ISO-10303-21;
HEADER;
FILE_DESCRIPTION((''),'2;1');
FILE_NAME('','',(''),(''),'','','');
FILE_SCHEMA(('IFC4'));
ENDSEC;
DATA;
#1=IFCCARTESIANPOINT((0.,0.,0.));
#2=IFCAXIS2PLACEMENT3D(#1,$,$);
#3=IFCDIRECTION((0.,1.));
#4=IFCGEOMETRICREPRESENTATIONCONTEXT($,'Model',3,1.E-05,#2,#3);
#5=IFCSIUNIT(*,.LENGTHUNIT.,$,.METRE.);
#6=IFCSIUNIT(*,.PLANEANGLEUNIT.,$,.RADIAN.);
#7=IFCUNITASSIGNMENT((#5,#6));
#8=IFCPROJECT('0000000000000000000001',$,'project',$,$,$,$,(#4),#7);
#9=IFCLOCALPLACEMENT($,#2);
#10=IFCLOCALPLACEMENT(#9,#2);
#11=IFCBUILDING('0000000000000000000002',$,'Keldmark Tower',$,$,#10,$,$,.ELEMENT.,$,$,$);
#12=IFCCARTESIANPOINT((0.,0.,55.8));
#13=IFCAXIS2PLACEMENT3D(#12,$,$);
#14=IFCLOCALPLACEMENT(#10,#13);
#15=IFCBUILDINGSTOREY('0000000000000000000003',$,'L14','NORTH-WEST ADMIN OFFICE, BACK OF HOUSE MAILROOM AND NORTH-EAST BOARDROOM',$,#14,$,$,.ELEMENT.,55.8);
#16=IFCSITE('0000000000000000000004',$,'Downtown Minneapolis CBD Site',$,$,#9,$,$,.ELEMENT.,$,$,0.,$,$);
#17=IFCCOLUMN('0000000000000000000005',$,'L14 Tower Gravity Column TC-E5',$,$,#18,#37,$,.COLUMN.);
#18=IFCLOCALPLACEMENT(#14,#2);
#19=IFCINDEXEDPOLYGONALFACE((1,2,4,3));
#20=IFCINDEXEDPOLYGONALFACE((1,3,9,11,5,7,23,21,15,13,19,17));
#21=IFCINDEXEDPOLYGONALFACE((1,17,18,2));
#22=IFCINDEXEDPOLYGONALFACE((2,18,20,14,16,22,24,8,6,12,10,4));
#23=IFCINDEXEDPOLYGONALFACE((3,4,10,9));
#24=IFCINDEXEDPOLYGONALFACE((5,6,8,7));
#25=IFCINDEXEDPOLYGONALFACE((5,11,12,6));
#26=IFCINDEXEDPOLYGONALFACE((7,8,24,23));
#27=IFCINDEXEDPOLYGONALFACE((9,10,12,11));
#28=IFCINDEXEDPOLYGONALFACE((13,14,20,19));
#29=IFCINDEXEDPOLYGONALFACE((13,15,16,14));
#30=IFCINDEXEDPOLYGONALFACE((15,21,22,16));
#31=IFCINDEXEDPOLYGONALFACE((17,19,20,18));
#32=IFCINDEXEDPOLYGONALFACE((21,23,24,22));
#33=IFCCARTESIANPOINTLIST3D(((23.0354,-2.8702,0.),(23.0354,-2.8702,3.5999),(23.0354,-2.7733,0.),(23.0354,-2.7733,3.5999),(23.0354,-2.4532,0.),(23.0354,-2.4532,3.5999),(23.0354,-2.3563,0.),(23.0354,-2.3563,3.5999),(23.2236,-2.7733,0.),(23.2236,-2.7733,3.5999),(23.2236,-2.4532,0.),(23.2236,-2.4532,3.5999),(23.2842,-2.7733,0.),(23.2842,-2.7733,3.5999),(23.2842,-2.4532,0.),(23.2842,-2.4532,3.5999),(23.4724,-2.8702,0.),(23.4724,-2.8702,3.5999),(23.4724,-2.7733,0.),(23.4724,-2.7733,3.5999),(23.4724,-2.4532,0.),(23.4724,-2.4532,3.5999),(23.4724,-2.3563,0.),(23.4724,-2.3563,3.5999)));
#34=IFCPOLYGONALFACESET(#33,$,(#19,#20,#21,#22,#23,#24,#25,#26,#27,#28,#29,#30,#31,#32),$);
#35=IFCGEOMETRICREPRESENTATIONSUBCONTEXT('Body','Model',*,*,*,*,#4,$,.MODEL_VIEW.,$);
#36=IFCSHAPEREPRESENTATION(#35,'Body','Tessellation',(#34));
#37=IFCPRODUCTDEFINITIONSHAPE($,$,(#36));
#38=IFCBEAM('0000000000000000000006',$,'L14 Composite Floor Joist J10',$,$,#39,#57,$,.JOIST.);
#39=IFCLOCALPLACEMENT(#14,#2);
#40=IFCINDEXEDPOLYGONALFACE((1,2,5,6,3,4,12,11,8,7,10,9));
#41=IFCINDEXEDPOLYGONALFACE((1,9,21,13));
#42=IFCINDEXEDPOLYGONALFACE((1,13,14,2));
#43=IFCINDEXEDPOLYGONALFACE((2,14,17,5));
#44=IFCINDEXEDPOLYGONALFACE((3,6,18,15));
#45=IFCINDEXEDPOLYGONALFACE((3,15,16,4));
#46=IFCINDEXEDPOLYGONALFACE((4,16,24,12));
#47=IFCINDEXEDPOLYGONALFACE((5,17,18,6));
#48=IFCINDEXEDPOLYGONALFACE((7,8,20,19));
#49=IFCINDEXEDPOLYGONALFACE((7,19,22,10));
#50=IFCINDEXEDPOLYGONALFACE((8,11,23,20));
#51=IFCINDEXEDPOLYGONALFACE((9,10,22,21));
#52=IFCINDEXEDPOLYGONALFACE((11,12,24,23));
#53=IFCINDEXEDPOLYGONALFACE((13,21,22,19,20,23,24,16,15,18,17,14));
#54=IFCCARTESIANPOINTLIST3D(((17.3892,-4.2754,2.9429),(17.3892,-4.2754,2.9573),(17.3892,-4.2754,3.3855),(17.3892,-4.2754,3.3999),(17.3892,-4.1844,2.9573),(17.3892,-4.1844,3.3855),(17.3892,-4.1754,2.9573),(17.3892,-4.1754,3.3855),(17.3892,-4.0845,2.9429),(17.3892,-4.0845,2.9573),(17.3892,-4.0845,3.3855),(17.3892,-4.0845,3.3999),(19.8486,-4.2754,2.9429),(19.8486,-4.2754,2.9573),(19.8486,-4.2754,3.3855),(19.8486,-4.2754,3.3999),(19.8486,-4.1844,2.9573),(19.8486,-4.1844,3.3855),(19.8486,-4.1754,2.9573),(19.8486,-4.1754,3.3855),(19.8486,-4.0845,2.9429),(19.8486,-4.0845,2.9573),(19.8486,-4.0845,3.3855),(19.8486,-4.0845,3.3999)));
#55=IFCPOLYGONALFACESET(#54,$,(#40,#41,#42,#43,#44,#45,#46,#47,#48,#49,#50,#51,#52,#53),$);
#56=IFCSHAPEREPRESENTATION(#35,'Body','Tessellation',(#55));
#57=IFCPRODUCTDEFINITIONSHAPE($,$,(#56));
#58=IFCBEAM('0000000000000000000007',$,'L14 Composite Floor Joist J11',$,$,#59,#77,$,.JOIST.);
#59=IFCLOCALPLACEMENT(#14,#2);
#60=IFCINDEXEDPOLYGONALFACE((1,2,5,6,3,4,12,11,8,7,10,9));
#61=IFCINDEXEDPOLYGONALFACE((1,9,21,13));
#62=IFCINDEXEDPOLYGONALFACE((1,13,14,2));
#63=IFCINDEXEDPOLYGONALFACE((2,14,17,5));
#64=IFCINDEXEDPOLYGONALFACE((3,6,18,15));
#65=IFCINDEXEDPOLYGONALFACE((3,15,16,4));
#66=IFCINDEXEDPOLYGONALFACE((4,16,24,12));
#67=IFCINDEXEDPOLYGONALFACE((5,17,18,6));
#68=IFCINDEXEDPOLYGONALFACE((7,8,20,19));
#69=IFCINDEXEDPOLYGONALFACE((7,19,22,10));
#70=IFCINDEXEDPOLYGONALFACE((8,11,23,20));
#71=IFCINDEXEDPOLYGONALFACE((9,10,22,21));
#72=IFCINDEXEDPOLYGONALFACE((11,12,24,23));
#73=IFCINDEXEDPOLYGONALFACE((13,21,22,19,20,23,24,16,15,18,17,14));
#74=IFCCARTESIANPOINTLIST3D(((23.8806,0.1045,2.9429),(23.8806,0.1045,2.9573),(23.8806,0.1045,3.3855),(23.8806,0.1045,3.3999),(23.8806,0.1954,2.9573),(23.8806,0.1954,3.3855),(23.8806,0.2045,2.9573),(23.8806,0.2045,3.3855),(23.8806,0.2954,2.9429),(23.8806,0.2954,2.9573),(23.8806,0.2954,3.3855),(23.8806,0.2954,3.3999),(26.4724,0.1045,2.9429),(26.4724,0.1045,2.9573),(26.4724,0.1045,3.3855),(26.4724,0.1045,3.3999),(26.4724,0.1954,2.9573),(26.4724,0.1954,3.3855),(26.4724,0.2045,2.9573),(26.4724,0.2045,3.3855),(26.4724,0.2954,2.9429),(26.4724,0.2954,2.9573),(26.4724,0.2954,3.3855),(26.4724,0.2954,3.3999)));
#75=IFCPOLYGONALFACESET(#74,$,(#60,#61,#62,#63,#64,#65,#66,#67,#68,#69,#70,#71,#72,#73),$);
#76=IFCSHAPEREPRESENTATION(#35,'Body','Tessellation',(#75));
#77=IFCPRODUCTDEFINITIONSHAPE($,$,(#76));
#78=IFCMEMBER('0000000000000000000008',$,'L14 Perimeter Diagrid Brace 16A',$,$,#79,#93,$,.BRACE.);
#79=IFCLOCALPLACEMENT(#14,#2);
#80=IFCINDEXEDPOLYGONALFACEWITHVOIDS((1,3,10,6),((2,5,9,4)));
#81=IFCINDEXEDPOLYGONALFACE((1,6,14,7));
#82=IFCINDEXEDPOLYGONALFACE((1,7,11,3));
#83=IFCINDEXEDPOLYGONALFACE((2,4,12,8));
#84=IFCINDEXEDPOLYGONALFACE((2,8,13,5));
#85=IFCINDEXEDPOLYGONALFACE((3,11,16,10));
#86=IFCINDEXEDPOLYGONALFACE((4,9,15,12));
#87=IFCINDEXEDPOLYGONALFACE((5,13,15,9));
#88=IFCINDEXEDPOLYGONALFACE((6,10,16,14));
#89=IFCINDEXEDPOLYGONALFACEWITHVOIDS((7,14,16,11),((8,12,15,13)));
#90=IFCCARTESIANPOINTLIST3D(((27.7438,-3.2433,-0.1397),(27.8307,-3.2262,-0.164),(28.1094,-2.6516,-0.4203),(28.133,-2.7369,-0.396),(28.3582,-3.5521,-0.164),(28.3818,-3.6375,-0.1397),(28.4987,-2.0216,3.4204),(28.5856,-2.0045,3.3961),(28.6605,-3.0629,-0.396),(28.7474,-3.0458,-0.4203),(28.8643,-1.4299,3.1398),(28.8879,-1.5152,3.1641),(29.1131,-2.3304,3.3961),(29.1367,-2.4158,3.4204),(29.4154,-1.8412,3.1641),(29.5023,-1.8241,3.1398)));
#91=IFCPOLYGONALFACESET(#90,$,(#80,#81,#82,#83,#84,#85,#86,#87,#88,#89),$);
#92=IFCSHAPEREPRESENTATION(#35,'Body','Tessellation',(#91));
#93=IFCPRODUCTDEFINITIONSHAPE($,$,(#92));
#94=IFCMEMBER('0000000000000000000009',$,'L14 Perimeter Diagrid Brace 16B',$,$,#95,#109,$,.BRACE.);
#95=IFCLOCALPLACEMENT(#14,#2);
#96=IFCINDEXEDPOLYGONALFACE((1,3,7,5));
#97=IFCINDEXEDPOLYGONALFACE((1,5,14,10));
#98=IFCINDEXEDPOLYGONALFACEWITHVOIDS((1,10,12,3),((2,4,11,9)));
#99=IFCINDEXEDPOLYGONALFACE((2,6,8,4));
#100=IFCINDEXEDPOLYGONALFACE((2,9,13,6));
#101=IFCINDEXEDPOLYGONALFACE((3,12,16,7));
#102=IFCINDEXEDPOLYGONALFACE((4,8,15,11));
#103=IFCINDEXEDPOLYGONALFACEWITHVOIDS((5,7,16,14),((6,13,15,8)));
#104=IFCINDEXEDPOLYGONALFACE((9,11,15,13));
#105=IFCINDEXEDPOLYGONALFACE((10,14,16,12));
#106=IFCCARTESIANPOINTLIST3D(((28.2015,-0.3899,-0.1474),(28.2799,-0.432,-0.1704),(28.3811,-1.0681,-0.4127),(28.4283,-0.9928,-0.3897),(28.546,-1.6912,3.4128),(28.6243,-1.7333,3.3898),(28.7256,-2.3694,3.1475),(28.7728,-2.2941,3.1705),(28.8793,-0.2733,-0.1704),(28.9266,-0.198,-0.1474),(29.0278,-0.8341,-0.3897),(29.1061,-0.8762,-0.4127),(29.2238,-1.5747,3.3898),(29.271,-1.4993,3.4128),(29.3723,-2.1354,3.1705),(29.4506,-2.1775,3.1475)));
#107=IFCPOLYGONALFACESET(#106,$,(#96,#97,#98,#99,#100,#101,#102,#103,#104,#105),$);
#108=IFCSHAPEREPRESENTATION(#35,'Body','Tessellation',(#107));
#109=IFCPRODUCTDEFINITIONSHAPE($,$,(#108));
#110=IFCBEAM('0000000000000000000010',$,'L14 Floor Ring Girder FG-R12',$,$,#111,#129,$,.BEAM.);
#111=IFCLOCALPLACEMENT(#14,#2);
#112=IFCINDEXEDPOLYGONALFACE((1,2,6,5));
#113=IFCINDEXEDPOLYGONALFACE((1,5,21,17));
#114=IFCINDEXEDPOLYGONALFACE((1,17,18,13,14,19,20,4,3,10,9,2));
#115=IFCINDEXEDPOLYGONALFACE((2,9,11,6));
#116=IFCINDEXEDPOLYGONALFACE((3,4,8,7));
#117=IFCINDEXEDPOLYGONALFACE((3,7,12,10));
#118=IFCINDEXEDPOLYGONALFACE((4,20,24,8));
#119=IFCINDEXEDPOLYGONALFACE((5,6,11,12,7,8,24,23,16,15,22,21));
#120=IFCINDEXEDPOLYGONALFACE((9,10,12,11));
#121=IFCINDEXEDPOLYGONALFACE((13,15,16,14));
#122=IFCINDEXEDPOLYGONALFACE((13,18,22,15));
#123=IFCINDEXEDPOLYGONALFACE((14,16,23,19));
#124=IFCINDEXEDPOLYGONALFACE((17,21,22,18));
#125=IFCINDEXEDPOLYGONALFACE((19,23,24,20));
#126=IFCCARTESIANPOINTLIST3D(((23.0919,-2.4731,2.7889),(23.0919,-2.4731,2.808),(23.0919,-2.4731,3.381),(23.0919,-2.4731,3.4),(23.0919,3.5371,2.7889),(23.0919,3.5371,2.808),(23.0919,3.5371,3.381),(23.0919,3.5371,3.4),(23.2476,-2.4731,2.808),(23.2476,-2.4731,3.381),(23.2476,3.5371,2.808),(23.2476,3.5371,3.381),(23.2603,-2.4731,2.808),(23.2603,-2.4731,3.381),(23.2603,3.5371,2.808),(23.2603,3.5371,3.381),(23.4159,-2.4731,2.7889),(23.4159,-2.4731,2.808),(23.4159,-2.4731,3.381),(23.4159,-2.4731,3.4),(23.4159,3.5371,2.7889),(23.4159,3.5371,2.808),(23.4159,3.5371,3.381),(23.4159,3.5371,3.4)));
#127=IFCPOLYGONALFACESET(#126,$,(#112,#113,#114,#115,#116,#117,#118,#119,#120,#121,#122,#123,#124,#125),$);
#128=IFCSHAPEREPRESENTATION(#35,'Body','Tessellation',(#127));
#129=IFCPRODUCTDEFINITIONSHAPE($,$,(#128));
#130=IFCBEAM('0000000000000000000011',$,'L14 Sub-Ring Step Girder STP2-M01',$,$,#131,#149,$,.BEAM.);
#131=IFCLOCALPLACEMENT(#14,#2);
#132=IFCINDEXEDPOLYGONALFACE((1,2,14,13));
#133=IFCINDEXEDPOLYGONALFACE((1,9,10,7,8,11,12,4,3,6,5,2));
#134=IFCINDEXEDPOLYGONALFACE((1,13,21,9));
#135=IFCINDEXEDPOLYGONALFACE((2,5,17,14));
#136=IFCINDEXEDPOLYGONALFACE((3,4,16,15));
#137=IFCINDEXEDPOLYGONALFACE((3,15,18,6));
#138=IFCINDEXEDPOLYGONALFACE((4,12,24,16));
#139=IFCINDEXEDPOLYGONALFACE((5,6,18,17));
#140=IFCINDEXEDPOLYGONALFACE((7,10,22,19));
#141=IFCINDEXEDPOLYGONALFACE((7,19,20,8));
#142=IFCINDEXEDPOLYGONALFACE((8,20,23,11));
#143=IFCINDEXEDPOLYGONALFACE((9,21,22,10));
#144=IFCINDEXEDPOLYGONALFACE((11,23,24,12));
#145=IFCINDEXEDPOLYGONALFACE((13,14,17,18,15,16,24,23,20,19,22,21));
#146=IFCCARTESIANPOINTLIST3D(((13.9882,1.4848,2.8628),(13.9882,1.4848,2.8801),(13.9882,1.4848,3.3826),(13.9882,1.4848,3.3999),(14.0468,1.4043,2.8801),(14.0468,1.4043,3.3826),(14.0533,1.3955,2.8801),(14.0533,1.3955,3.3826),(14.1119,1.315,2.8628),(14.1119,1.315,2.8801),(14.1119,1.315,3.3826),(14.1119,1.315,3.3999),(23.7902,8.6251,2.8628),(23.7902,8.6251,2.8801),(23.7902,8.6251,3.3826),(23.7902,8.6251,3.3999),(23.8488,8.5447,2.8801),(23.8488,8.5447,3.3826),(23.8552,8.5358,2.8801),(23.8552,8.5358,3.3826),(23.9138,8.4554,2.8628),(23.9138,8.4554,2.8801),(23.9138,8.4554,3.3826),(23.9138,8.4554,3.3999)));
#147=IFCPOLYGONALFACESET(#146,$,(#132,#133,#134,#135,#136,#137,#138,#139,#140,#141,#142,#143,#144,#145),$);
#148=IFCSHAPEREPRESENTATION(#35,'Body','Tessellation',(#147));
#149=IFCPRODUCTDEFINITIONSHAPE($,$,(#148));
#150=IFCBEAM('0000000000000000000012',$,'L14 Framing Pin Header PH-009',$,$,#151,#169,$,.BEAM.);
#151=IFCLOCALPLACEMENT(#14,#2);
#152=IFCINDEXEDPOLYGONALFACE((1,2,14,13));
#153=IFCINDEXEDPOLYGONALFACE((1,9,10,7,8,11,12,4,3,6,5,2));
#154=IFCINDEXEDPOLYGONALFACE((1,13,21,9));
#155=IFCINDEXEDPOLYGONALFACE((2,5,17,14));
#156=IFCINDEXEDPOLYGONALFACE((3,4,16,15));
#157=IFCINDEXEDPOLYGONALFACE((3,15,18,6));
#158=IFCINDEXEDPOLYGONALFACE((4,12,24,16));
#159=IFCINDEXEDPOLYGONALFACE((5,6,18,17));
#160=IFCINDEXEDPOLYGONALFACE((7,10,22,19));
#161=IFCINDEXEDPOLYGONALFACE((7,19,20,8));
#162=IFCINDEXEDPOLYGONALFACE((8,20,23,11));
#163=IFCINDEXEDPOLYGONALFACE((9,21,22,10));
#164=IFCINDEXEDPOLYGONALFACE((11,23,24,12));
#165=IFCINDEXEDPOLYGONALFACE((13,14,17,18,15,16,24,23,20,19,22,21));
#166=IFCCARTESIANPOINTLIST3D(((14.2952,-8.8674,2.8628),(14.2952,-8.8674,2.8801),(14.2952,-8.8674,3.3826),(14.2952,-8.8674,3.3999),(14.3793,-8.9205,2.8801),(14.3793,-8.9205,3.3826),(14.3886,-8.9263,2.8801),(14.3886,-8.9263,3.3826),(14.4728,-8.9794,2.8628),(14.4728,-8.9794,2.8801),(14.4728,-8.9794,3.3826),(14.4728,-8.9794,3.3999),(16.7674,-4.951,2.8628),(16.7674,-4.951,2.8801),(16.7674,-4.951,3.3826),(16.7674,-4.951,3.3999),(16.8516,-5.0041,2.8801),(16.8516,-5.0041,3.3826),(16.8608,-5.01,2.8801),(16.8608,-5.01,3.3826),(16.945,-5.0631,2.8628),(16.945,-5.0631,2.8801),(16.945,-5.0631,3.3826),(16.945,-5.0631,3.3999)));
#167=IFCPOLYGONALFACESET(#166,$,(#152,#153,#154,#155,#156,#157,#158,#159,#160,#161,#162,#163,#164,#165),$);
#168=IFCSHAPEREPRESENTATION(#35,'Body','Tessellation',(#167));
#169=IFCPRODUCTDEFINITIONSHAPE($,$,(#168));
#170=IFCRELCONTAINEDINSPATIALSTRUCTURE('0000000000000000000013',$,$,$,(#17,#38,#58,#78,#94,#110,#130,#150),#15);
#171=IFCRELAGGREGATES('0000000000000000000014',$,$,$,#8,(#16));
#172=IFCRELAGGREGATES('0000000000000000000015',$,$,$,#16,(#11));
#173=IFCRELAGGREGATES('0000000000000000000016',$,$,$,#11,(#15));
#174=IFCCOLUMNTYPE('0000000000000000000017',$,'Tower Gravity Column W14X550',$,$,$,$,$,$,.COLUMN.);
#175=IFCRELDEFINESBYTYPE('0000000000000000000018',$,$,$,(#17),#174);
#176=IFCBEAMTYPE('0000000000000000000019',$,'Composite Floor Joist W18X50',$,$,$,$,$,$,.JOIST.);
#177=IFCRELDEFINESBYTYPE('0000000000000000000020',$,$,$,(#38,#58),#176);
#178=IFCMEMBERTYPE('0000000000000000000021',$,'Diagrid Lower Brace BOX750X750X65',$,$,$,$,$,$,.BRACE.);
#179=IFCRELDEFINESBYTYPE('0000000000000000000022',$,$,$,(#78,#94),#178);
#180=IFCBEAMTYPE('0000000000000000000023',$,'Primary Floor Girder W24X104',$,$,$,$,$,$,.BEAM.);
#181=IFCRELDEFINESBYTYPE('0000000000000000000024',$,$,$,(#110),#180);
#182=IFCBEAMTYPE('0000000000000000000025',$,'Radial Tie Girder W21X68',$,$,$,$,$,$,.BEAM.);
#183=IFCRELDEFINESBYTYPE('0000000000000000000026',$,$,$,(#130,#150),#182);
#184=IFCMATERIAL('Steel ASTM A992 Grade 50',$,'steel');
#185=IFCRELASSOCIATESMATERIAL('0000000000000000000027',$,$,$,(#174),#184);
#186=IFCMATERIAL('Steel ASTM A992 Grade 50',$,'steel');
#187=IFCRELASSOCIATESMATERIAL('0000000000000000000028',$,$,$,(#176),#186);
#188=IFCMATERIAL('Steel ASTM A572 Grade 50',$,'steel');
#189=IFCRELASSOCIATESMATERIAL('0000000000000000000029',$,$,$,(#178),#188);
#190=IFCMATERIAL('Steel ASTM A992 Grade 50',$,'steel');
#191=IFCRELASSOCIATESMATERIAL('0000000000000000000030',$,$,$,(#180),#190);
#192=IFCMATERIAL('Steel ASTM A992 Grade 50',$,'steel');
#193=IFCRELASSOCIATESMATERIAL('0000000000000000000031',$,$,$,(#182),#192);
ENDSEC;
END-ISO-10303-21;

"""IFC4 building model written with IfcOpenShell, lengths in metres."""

from ifc_helpers import new_model, si_unit, direction, frame, origin, origin_2d, place, context, subcontext, project, spatial, hollow_rectangle, i_section, extrude, material, material_profile, profile_set, type_object, element, save


model = new_model("IFC4")

# Units and contexts
model_context = context("Model", 3, precision=1e-05, world=origin(), true_north=direction((0.0, 1.0)))
body_context = subcontext(model_context, "Body", "Model", "MODEL_VIEW")
ifc_project = project(units=[si_unit("LENGTHUNIT", "METRE"), si_unit("PLANEANGLEUNIT", "RADIAN")], contexts=[model_context])

# Site, building, storey
site_placement = place(None, origin())
site = spatial("IfcSite", under=ifc_project, at=site_placement, Name="Downtown Minneapolis CBD Site", CompositionType="ELEMENT", RefElevation=0.0)
building_placement = place(site_placement, origin())
building = spatial("IfcBuilding", under=site, at=building_placement, Name="Keldmark Tower", CompositionType="ELEMENT")
storey_placement = place(building_placement, frame((0.0, 0.0, 55.8)))
storey = spatial("IfcBuildingStorey", under=building, at=storey_placement, Name="L14", Description="NORTH-WEST ADMIN OFFICE, BACK OF HOUSE MAILROOM AND NORTH-EAST BOARDROOM", CompositionType="ELEMENT", Elevation=55.8)

# Column
ifc_material_1 = material(Name="Steel ASTM A992 Grade 50", Category="steel")
ifc_material_profile_1 = material_profile(ifc_material_1, i_section(OverallWidth=0.437, OverallDepth=0.5139, WebThickness=0.0605, FlangeThickness=0.0969, at=origin_2d()), Name="W14X550")
ifc_profile_set_1 = profile_set([ifc_material_profile_1], Name="Steel ASTM A992 Grade 50")
column_type = type_object("IfcColumnType", Name="Tower Gravity Column W14X550", PredefinedType="COLUMN", material=ifc_profile_set_1)
column_placement = place(storey_placement, frame((23.2539, -2.6133, 0.0), z_axis=(0.0, 0.0, 1.0), x_axis=(1.0, 0.0, 0.0)))
element("IfcColumn", 1, at=column_placement, inside=storey, type_object=column_type, Name="L14 Tower Gravity Column TC-E5", PredefinedType="COLUMN", context=body_context, shape_type="SweptSolid", body=[
    extrude(i_section(OverallWidth=0.437, OverallDepth=0.5139, WebThickness=0.0605, FlangeThickness=0.0969, at=origin_2d()), origin(), (0.0, 0.0, 1.0), 3.5999),
])

# Beams
ifc_material_2 = material(Name="Steel ASTM A992 Grade 50", Category="steel")
ifc_material_profile_2 = material_profile(ifc_material_2, i_section(OverallWidth=0.1909, OverallDepth=0.457, WebThickness=0.009, FlangeThickness=0.0144, at=origin_2d()), Name="W18X50")
ifc_profile_set_2 = profile_set([ifc_material_profile_2], Name="Steel ASTM A992 Grade 50")
beam_type_1 = type_object("IfcBeamType", Name="Composite Floor Joist W18X50", PredefinedType="JOIST", material=ifc_profile_set_2)
beam_1_placement = place(storey_placement, frame((17.3892, -4.1799, 3.1714), z_axis=(1.0, 0.0, 0.0), x_axis=(0.0, 1.0, 0.0)))
element("IfcBeam", 2, at=beam_1_placement, inside=storey, type_object=beam_type_1, Name="L14 Composite Floor Joist J10", PredefinedType="JOIST", context=body_context, shape_type="SweptSolid", body=[
    extrude(i_section(OverallWidth=0.1909, OverallDepth=0.457, WebThickness=0.009, FlangeThickness=0.0144, at=origin_2d()), origin(), (0.0, 0.0, 1.0), 2.4595),
])
beam_2_placement = place(storey_placement, frame((23.8806, 0.2, 3.1714), z_axis=(1.0, 0.0, 0.0), x_axis=(0.0, 1.0, 0.0)))
element("IfcBeam", 3, at=beam_2_placement, inside=storey, type_object=beam_type_1, Name="L14 Composite Floor Joist J11", PredefinedType="JOIST", context=body_context, shape_type="SweptSolid", body=[
    extrude(i_section(OverallWidth=0.1909, OverallDepth=0.457, WebThickness=0.009, FlangeThickness=0.0144, at=origin_2d()), origin(), (0.0, 0.0, 1.0), 2.5918),
])

# Members
ifc_material_3 = material(Name="Steel ASTM A572 Grade 50", Category="steel")
ifc_material_profile_3 = material_profile(ifc_material_3, hollow_rectangle(XDim=0.75, YDim=0.75, WallThickness=0.0649, at=origin_2d()), Name="BOX750X750X65")
ifc_profile_set_3 = profile_set([ifc_material_profile_3], Name="Steel ASTM A572 Grade 50")
member_type = type_object("IfcMemberType", Name="Diagrid Lower Brace BOX750X750X65", PredefinedType="BRACE", material=ifc_profile_set_3)
member_1_placement = place(storey_placement, frame((28.2456, -3.1445, -0.28), z_axis=(0.196646, 0.318245, 0.927389), x_axis=(-0.8507, 0.525652, 0.0)))
element("IfcMember", 4, at=member_1_placement, inside=storey, type_object=member_type, Name="L14 Perimeter Diagrid Brace 16A", PredefinedType="BRACE", context=body_context, shape_type="SweptSolid", body=[
    extrude(hollow_rectangle(XDim=0.75, YDim=0.75, WallThickness=0.0649, at=origin_2d()), origin(), (0.0, 0.0, 1.0), 3.8389),
])
member_2_placement = place(storey_placement, frame((28.6538, -0.6331, -0.28), z_axis=(0.090509, -0.341895, 0.935369), x_axis=(0.9667, 0.255913, 0.0)))
element("IfcMember", 5, at=member_2_placement, inside=storey, type_object=member_type, Name="L14 Perimeter Diagrid Brace 16B", PredefinedType="BRACE", context=body_context, shape_type="SweptSolid", body=[
    extrude(hollow_rectangle(XDim=0.75, YDim=0.75, WallThickness=0.0649, at=origin_2d()), origin(), (0.0, 0.0, 1.0), 3.8062),
])

# Beams
ifc_material_4 = material(Name="Steel ASTM A992 Grade 50", Category="steel")
ifc_material_profile_4 = material_profile(ifc_material_4, i_section(OverallWidth=0.324, OverallDepth=0.6111, WebThickness=0.0127, FlangeThickness=0.019, at=origin_2d()), Name="W24X104")
ifc_profile_set_4 = profile_set([ifc_material_profile_4], Name="Steel ASTM A992 Grade 50")
beam_type_2 = type_object("IfcBeamType", Name="Primary Floor Girder W24X104", PredefinedType="BEAM", material=ifc_profile_set_4)
beam_3_placement = place(storey_placement, frame((23.2539, -2.4731, 3.0945), z_axis=(0.0, 1.0, 0.0), x_axis=(-1.0, 0.0, 0.0)))
element("IfcBeam", 6, at=beam_3_placement, inside=storey, type_object=beam_type_2, Name="L14 Floor Ring Girder FG-R12", PredefinedType="BEAM", context=body_context, shape_type="SweptSolid", body=[
    extrude(i_section(OverallWidth=0.324, OverallDepth=0.6111, WebThickness=0.0127, FlangeThickness=0.019, at=origin_2d()), origin(), (0.0, 0.0, 1.0), 6.0103),
])
ifc_material_5 = material(Name="Steel ASTM A992 Grade 50", Category="steel")
ifc_material_profile_5 = material_profile(ifc_material_5, i_section(OverallWidth=0.21, OverallDepth=0.5371, WebThickness=0.011, FlangeThickness=0.0173, at=origin_2d()), Name="W21X68")
ifc_profile_set_5 = profile_set([ifc_material_profile_5], Name="Steel ASTM A992 Grade 50")
beam_type_3 = type_object("IfcBeamType", Name="Radial Tie Girder W21X68", PredefinedType="BEAM", material=ifc_profile_set_5)
beam_4_placement = place(storey_placement, frame((14.05, 1.3999, 3.1313), z_axis=(0.808279, 0.5888, 0.0), x_axis=(-0.5888, 0.808279, 0.0)))
element("IfcBeam", 7, at=beam_4_placement, inside=storey, type_object=beam_type_3, Name="L14 Sub-Ring Step Girder STP2-M01", PredefinedType="BEAM", context=body_context, shape_type="SweptSolid", body=[
    extrude(i_section(OverallWidth=0.21, OverallDepth=0.5371, WebThickness=0.011, FlangeThickness=0.0173, at=origin_2d()), origin(), (0.0, 0.0, 1.0), 12.127),
])
beam_5_placement = place(storey_placement, frame((16.8562, -5.0071, 3.1313), z_axis=(-0.533799, -0.845612, 0.0), x_axis=(0.845612, -0.533799, 0.0)))
element("IfcBeam", 8, at=beam_5_placement, inside=storey, type_object=beam_type_3, Name="L14 Framing Pin Header PH-009", PredefinedType="BEAM", context=body_context, shape_type="SweptSolid", body=[
    extrude(i_section(OverallWidth=0.21, OverallDepth=0.5371, WebThickness=0.011, FlangeThickness=0.0173, at=origin_2d()), origin(), (0.0, 0.0, 1.0), 4.6313),
])

save(model, "model.ifc")
